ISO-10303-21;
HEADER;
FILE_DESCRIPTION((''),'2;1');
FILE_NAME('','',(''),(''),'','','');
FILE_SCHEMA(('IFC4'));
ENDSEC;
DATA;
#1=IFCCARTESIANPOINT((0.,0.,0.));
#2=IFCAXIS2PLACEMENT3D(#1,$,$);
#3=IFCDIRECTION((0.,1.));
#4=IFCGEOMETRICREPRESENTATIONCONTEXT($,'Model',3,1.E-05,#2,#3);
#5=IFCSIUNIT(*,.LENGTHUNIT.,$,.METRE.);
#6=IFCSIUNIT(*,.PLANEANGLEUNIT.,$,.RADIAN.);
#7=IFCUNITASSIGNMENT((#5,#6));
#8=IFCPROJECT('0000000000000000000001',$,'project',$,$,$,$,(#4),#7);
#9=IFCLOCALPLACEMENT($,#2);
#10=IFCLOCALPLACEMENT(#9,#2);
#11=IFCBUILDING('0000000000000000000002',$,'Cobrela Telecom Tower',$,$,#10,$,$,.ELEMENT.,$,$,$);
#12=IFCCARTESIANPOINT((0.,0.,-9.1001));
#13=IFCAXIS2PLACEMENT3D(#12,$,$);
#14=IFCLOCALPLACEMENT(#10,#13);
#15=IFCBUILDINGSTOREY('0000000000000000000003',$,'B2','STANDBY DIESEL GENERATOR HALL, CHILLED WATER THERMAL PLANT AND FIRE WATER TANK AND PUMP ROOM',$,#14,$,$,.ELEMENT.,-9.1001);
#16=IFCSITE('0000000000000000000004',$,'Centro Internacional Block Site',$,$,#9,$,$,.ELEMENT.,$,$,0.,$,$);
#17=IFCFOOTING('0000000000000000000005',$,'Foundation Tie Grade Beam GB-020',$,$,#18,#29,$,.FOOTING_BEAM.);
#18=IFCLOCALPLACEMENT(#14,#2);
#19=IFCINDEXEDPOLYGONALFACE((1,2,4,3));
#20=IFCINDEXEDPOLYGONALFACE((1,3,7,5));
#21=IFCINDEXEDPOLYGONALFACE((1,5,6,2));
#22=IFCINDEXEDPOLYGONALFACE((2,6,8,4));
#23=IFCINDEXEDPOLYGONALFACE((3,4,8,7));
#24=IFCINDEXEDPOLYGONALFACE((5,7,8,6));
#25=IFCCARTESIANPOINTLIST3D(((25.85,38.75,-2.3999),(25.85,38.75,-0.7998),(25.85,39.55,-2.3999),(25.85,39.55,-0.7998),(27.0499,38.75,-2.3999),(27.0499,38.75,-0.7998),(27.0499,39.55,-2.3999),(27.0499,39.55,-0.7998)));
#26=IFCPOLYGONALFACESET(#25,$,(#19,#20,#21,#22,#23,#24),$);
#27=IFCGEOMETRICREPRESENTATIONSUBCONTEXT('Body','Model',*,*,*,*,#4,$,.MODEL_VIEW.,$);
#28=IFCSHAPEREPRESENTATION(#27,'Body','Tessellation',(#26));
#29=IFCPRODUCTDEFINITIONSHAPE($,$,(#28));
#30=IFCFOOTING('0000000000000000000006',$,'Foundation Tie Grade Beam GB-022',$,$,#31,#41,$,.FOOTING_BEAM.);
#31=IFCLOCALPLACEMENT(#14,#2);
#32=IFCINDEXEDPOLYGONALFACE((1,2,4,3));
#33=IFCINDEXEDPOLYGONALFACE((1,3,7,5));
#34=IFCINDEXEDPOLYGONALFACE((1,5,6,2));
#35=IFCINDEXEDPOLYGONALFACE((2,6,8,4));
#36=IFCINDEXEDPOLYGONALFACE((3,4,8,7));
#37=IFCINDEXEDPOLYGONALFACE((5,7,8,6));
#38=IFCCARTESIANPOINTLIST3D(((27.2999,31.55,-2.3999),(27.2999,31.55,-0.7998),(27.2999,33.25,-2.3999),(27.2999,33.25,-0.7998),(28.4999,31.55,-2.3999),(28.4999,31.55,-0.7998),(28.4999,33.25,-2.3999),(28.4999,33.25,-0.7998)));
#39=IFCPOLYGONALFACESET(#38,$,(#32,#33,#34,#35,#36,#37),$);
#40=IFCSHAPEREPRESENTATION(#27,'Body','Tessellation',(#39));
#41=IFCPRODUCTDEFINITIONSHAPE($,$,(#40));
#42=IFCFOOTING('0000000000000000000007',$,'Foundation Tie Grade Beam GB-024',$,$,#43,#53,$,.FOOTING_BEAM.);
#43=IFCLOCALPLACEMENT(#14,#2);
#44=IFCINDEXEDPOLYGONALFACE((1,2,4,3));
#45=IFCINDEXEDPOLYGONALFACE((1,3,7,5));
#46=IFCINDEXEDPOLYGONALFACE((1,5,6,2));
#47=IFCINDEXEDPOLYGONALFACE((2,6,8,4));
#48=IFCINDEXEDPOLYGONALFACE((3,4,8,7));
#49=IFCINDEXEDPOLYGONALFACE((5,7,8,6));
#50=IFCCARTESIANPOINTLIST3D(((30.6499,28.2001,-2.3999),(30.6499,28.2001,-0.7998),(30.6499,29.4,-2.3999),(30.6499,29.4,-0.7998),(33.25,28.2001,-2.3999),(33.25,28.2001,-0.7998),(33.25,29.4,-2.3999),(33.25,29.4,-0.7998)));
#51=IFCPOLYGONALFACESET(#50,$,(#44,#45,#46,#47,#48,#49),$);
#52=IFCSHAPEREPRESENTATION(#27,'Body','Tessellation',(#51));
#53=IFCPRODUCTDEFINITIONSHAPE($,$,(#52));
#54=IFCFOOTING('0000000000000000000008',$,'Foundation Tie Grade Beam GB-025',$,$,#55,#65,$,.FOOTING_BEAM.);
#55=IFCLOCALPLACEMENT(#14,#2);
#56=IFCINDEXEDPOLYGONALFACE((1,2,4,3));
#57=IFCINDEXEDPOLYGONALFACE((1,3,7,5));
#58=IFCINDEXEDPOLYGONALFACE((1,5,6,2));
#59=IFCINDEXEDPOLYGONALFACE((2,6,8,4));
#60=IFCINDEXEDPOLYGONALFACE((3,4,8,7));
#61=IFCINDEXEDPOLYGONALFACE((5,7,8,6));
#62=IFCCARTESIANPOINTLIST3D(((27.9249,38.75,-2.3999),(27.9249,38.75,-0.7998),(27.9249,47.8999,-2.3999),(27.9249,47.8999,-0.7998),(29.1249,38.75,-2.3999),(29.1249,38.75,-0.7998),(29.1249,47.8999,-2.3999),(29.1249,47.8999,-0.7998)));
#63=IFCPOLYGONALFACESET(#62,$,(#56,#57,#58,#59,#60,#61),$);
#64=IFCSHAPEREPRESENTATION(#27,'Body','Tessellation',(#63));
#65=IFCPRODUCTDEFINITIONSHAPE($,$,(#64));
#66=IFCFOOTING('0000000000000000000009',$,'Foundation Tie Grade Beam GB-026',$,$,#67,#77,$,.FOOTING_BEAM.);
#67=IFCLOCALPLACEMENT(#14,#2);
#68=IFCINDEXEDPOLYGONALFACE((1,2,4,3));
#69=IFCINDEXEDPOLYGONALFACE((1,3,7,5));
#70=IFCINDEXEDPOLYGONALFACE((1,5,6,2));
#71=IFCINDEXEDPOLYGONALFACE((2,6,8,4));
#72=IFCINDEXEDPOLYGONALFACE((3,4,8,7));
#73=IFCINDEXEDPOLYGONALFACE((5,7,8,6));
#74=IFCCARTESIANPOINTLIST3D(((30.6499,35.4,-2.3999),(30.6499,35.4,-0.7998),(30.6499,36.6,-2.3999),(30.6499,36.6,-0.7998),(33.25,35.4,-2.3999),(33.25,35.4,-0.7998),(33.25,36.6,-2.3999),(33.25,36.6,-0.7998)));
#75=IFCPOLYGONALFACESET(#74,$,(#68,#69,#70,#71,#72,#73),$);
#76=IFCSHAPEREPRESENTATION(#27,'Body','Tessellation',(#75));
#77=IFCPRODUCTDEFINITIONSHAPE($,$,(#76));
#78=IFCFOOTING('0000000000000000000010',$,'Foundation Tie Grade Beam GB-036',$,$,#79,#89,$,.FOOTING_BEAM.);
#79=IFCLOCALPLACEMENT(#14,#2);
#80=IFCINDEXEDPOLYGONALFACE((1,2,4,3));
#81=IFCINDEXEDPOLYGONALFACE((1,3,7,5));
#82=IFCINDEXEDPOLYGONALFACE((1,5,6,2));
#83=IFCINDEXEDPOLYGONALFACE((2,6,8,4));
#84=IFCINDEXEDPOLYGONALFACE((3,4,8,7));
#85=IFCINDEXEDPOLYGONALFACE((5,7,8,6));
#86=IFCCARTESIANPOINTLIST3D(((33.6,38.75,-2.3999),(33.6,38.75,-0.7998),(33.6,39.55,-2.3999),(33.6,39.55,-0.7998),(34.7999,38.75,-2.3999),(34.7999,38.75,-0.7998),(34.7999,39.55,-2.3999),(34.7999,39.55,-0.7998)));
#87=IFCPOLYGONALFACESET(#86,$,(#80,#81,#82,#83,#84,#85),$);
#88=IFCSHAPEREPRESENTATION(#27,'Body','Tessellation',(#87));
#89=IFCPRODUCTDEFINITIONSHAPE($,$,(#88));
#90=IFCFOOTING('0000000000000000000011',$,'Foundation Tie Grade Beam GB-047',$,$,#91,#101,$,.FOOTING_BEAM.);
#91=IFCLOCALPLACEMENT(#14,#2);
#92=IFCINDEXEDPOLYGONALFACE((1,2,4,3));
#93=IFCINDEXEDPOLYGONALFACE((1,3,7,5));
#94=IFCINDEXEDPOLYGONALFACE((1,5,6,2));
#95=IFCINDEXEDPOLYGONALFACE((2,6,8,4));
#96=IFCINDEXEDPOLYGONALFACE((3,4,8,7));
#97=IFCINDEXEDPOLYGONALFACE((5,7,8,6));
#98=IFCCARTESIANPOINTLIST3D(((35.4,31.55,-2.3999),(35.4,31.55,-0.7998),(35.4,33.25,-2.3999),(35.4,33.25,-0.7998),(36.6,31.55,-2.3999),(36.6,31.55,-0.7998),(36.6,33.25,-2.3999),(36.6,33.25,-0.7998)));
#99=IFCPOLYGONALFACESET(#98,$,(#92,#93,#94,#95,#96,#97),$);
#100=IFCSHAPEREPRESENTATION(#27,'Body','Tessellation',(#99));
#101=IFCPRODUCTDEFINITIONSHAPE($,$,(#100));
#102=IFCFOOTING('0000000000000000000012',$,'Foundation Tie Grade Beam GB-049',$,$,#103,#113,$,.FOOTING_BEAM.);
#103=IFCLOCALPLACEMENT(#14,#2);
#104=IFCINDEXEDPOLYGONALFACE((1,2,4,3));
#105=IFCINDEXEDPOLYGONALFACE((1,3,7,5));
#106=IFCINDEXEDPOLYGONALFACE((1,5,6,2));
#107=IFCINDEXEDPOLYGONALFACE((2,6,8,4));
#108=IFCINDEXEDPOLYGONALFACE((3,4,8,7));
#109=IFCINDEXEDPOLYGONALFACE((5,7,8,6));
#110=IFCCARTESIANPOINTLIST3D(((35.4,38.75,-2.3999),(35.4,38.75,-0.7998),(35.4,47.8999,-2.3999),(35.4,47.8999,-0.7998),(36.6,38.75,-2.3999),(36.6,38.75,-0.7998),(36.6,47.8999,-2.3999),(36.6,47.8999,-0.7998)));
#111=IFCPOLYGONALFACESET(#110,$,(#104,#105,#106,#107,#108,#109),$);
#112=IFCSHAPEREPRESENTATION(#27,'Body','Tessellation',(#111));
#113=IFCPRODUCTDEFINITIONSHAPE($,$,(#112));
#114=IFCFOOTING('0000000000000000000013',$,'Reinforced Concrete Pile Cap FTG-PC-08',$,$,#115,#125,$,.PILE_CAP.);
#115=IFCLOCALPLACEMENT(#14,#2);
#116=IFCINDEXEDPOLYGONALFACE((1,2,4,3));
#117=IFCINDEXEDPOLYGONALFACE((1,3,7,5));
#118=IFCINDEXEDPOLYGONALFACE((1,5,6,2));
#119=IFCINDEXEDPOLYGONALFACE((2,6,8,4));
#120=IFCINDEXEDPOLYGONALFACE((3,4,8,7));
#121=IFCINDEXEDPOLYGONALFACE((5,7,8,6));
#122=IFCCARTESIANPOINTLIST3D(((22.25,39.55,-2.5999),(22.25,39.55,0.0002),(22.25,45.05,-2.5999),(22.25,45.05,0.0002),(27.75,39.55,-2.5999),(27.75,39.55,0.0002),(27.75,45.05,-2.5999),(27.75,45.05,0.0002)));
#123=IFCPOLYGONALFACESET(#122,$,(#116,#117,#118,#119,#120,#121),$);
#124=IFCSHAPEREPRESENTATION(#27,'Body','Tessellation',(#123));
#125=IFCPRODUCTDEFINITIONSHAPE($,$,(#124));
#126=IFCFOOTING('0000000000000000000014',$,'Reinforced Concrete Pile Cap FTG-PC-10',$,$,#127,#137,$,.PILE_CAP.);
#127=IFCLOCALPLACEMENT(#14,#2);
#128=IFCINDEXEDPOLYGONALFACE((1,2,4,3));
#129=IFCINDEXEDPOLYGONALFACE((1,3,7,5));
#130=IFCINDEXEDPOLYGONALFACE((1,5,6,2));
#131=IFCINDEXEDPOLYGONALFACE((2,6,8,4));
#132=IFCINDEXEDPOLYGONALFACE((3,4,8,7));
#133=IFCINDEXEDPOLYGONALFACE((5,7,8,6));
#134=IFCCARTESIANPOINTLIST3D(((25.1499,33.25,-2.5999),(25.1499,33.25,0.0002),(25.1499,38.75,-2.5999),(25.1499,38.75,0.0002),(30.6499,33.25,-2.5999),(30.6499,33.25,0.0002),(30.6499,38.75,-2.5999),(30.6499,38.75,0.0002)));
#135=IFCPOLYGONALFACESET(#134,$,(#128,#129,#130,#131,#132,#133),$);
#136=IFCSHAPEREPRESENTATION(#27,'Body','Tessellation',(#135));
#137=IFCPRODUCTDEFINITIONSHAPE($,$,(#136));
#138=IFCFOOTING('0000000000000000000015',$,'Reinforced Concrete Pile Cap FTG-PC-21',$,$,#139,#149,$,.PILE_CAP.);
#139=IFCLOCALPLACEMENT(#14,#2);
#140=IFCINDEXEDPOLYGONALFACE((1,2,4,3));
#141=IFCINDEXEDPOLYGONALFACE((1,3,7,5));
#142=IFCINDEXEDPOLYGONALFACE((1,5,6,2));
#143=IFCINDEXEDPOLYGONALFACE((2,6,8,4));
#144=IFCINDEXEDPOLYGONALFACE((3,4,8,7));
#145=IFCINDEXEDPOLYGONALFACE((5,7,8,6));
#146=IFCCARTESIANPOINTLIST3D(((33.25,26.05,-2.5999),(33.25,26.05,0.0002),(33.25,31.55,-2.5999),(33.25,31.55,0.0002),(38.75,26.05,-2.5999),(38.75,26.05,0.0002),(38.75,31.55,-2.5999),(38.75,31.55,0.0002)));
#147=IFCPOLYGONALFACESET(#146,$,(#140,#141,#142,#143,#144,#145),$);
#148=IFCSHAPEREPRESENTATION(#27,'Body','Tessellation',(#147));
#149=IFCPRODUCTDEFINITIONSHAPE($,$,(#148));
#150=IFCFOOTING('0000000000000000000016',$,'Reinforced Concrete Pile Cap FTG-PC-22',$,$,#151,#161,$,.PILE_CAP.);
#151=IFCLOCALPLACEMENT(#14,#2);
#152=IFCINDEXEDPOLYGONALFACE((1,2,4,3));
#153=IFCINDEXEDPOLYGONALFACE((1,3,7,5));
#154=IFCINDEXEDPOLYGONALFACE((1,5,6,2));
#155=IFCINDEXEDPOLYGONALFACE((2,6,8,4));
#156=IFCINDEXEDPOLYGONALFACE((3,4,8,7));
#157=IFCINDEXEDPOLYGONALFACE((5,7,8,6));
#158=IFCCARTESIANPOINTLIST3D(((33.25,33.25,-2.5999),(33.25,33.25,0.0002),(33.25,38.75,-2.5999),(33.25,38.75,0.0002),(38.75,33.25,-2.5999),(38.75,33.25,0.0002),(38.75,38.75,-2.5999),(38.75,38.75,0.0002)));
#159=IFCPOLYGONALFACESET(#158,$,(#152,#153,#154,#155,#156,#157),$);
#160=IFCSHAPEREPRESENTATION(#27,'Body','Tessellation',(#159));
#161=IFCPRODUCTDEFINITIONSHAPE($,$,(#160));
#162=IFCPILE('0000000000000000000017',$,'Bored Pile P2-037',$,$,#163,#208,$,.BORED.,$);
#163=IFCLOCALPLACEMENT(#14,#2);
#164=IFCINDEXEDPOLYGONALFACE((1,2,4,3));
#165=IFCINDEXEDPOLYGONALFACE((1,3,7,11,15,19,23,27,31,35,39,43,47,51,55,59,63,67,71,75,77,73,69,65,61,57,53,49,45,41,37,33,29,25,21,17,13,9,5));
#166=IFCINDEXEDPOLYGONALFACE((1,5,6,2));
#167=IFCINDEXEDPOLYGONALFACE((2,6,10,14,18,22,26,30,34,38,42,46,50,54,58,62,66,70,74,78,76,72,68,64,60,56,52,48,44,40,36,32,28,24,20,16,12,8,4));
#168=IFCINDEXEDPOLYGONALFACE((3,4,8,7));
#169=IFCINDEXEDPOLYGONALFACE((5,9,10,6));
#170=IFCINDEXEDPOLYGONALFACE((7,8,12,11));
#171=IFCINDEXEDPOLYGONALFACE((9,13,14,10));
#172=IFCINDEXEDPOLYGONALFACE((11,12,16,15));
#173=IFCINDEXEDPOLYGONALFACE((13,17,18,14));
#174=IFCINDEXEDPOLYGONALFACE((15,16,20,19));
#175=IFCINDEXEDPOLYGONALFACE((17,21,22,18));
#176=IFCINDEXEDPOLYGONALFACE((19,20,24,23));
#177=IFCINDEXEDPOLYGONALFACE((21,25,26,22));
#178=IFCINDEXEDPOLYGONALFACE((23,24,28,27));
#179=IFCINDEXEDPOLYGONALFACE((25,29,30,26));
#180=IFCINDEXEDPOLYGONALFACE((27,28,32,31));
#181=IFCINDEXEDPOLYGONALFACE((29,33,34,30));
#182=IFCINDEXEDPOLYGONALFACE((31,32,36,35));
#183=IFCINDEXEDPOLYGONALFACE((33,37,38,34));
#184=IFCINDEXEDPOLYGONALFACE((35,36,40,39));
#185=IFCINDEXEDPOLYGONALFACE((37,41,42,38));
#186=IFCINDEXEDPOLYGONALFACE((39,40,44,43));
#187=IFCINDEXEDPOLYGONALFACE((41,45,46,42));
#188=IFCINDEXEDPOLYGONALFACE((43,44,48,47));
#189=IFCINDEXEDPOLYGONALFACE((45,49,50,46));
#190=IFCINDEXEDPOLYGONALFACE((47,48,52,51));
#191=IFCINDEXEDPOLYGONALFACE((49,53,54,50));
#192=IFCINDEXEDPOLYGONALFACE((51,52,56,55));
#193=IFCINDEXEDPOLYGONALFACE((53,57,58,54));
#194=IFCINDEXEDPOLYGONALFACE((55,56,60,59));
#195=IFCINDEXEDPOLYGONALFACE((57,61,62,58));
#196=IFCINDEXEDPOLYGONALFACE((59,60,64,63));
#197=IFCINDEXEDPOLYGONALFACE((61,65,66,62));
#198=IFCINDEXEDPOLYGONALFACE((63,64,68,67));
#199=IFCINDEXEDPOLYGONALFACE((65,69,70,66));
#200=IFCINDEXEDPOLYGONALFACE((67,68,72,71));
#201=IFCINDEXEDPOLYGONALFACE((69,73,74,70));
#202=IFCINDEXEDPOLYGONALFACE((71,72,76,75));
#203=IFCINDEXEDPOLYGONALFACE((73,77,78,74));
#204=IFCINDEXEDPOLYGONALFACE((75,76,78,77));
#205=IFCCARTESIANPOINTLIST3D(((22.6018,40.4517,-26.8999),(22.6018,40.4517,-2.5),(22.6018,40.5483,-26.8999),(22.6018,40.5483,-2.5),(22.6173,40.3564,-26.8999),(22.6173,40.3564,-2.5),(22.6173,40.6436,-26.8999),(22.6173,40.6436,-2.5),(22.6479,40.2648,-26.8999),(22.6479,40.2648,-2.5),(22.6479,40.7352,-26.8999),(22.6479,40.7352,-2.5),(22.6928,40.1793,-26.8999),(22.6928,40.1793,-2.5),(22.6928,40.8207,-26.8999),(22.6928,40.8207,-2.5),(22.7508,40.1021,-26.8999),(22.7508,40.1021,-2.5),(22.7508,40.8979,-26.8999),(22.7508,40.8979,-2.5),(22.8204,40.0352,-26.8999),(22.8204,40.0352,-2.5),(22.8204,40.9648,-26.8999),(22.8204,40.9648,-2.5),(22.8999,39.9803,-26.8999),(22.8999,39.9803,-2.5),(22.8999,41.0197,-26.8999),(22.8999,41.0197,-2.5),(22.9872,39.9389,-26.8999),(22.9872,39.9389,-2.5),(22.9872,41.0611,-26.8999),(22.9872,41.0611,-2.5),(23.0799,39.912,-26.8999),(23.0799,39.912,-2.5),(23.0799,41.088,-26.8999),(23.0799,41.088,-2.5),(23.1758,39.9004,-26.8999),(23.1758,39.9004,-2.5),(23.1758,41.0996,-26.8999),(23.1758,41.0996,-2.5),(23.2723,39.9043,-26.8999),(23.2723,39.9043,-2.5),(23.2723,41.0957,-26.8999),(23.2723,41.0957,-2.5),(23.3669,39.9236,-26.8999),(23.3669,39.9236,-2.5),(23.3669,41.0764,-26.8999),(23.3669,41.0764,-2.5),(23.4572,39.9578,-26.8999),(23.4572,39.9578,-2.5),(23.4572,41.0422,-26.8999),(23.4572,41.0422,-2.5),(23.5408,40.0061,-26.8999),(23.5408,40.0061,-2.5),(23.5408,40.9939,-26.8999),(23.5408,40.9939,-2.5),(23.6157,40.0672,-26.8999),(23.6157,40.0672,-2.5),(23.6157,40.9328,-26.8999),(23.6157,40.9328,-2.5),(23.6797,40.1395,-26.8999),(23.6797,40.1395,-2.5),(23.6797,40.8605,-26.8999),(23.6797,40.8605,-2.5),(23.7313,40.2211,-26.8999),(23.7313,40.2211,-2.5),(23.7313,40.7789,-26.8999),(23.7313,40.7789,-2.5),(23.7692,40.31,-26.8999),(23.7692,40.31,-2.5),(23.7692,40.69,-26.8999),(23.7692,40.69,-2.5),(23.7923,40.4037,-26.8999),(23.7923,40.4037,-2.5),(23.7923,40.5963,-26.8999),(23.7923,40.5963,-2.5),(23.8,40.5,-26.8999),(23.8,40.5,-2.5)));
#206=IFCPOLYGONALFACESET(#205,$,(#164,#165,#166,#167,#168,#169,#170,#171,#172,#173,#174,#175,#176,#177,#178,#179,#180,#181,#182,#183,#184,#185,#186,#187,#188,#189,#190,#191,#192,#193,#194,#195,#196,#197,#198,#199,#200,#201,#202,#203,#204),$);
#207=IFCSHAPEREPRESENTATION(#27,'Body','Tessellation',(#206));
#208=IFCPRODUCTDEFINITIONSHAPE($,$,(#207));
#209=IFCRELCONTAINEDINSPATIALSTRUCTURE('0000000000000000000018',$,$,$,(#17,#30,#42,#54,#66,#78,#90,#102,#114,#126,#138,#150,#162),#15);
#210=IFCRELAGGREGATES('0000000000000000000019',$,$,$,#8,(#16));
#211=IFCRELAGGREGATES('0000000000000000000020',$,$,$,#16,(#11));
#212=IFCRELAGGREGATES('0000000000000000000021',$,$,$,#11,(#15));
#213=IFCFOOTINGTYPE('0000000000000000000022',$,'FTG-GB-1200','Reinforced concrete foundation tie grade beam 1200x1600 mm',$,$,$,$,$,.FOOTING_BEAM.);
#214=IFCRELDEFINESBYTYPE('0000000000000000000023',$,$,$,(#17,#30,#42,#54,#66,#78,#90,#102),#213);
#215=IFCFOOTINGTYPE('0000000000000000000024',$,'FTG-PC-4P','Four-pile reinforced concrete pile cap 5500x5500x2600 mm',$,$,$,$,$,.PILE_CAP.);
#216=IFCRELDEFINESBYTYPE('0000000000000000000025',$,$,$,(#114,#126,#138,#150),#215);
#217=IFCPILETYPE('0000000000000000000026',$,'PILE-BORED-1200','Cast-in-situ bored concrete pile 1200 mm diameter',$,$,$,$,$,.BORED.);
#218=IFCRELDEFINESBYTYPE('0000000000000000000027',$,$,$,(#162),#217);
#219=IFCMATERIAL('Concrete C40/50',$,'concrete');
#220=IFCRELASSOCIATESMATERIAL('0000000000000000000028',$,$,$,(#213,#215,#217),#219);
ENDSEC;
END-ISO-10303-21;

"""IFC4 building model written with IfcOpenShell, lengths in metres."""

from ifc_helpers import new_model, si_unit, direction, frame, origin, origin_2d, place, context, subcontext, project, spatial, rectangle, circle, extrude, material, material_profile, profile_set, type_object, element, save


model = new_model("IFC4")

# Units and contexts
model_context = context("Model", 3, precision=1e-05, world=origin(), true_north=direction((0.0, 1.0)))
body_context = subcontext(model_context, "Body", "Model", "MODEL_VIEW")
ifc_project = project(units=[si_unit("LENGTHUNIT", "METRE"), si_unit("PLANEANGLEUNIT", "RADIAN")], contexts=[model_context])

# Site, building, storey
site_placement = place(None, origin())
site = spatial("IfcSite", under=ifc_project, at=site_placement, Name="Centro Internacional Block Site", CompositionType="ELEMENT", RefElevation=0.0)
building_placement = place(site_placement, origin())
building = spatial("IfcBuilding", under=site, at=building_placement, Name="Cobrela Telecom Tower", CompositionType="ELEMENT")
storey_placement = place(building_placement, frame((0.0, 0.0, -9.1001)))
storey = spatial("IfcBuildingStorey", under=building, at=storey_placement, Name="B2", Description="STANDBY DIESEL GENERATOR HALL, CHILLED WATER THERMAL PLANT AND FIRE WATER TANK AND PUMP ROOM", CompositionType="ELEMENT", Elevation=-9.1001)

# Footings
ifc_material_1 = material(Name="Concrete C40/50", Category="concrete")
ifc_material_profile_1 = material_profile(ifc_material_1, rectangle(XDim=1.2, YDim=1.6001, at=origin_2d()), Name="GB 1200x1600")
ifc_profile_set_1 = profile_set([ifc_material_profile_1], Name="Concrete C40/50")
footing_type_1 = type_object("IfcFootingType", Name="FTG-GB-1200", Description="Reinforced concrete foundation tie grade beam 1200x1600 mm", PredefinedType="FOOTING_BEAM", material=ifc_profile_set_1)
footing_1_placement = place(storey_placement, frame((26.45, 38.75, -1.5999), z_axis=(0.0, 1.0, 0.0), x_axis=(-1.0, 0.0, 0.0)))
element("IfcFooting", 1, at=footing_1_placement, inside=storey, type_object=footing_type_1, Name="Foundation Tie Grade Beam GB-020", PredefinedType="FOOTING_BEAM", context=body_context, shape_type="SweptSolid", body=[
    extrude(rectangle(XDim=1.2, YDim=1.6001, at=origin_2d()), origin(), (0.0, 0.0, 1.0), 0.8),
])
footing_2_placement = place(storey_placement, frame((27.8999, 31.55, -1.5999), z_axis=(0.0, 1.0, 0.0), x_axis=(-1.0, 0.0, 0.0)))
element("IfcFooting", 2, at=footing_2_placement, inside=storey, type_object=footing_type_1, Name="Foundation Tie Grade Beam GB-022", PredefinedType="FOOTING_BEAM", context=body_context, shape_type="SweptSolid", body=[
    extrude(rectangle(XDim=1.2, YDim=1.6001, at=origin_2d()), origin(), (0.0, 0.0, 1.0), 1.7),
])
footing_3_placement = place(storey_placement, frame((30.6499, 28.8, -1.5999), z_axis=(1.0, 0.0, 0.0), x_axis=(0.0, 1.0, 0.0)))
element("IfcFooting", 3, at=footing_3_placement, inside=storey, type_object=footing_type_1, Name="Foundation Tie Grade Beam GB-024", PredefinedType="FOOTING_BEAM", context=body_context, shape_type="SweptSolid", body=[
    extrude(rectangle(XDim=1.2, YDim=1.6001, at=origin_2d()), origin(), (0.0, 0.0, 1.0), 2.6001),
])
footing_4_placement = place(storey_placement, frame((28.5249, 38.75, -1.5999), z_axis=(0.0, 1.0, 0.0), x_axis=(-1.0, 0.0, 0.0)))
element("IfcFooting", 4, at=footing_4_placement, inside=storey, type_object=footing_type_1, Name="Foundation Tie Grade Beam GB-025", PredefinedType="FOOTING_BEAM", context=body_context, shape_type="SweptSolid", body=[
    extrude(rectangle(XDim=1.2, YDim=1.6001, at=origin_2d()), origin(), (0.0, 0.0, 1.0), 9.1499),
])
footing_5_placement = place(storey_placement, frame((30.6499, 36.0, -1.5999), z_axis=(1.0, 0.0, 0.0), x_axis=(0.0, 1.0, 0.0)))
element("IfcFooting", 5, at=footing_5_placement, inside=storey, type_object=footing_type_1, Name="Foundation Tie Grade Beam GB-026", PredefinedType="FOOTING_BEAM", context=body_context, shape_type="SweptSolid", body=[
    extrude(rectangle(XDim=1.2, YDim=1.6001, at=origin_2d()), origin(), (0.0, 0.0, 1.0), 2.6001),
])
footing_6_placement = place(storey_placement, frame((34.2, 38.75, -1.5999), z_axis=(0.0, 1.0, 0.0), x_axis=(-1.0, 0.0, 0.0)))
element("IfcFooting", 6, at=footing_6_placement, inside=storey, type_object=footing_type_1, Name="Foundation Tie Grade Beam GB-036", PredefinedType="FOOTING_BEAM", context=body_context, shape_type="SweptSolid", body=[
    extrude(rectangle(XDim=1.2, YDim=1.6001, at=origin_2d()), origin(), (0.0, 0.0, 1.0), 0.8),
])
footing_7_placement = place(storey_placement, frame((36.0, 31.55, -1.5999), z_axis=(0.0, 1.0, 0.0), x_axis=(-1.0, 0.0, 0.0)))
element("IfcFooting", 7, at=footing_7_placement, inside=storey, type_object=footing_type_1, Name="Foundation Tie Grade Beam GB-047", PredefinedType="FOOTING_BEAM", context=body_context, shape_type="SweptSolid", body=[
    extrude(rectangle(XDim=1.2, YDim=1.6001, at=origin_2d()), origin(), (0.0, 0.0, 1.0), 1.7),
])
footing_8_placement = place(storey_placement, frame((36.0, 38.75, -1.5999), z_axis=(0.0, 1.0, 0.0), x_axis=(-1.0, 0.0, 0.0)))
element("IfcFooting", 8, at=footing_8_placement, inside=storey, type_object=footing_type_1, Name="Foundation Tie Grade Beam GB-049", PredefinedType="FOOTING_BEAM", context=body_context, shape_type="SweptSolid", body=[
    extrude(rectangle(XDim=1.2, YDim=1.6001, at=origin_2d()), origin(), (0.0, 0.0, 1.0), 9.1499),
])
footing_type_2 = type_object("IfcFootingType", Name="FTG-PC-4P", Description="Four-pile reinforced concrete pile cap 5500x5500x2600 mm", PredefinedType="PILE_CAP", material=ifc_material_1)
for number, where, z_axis, x_axis, name in (
    (9, (25.0, 42.3, -2.5999), (0.0, 0.0, 1.0), (1.0, 0.0, 0.0), "Reinforced Concrete Pile Cap FTG-PC-08"),
    (10, (27.8999, 36.0, -2.5999), (0.0, 0.0, 1.0), (1.0, 0.0, 0.0), "Reinforced Concrete Pile Cap FTG-PC-10"),
    (11, (36.0, 28.8, -2.5999), (0.0, 0.0, 1.0), (1.0, 0.0, 0.0), "Reinforced Concrete Pile Cap FTG-PC-21"),
    (12, (36.0, 36.0, -2.5999), (0.0, 0.0, 1.0), (1.0, 0.0, 0.0), "Reinforced Concrete Pile Cap FTG-PC-22"),
):
    element("IfcFooting", number, at=place(storey_placement, frame(where, z_axis=z_axis, x_axis=x_axis)), inside=storey, type_object=footing_type_2, Name=name, PredefinedType="PILE_CAP", context=body_context, shape_type="SweptSolid", body=[
        extrude(rectangle(XDim=5.5, YDim=5.5, at=origin_2d()), origin(), (0.0, 0.0, 1.0), 2.6001),
    ])

# Pile
ifc_material_profile_2 = material_profile(ifc_material_1, circle(Radius=0.6001, at=origin_2d()), Name="BORED PILE D1200")
ifc_profile_set_2 = profile_set([ifc_material_profile_2], Name="Concrete C40/50")
pile_type = type_object("IfcPileType", Name="PILE-BORED-1200", Description="Cast-in-situ bored concrete pile 1200 mm diameter", PredefinedType="BORED", material=ifc_profile_set_2)
for number, where, z_axis, x_axis, name in (
    (13, (23.2, 40.5, -2.5), (0.0, 0.0, -1.0), (1.0, 0.0, 0.0), "Bored Pile P2-037"),
):
    element("IfcPile", number, at=place(storey_placement, frame(where, z_axis=z_axis, x_axis=x_axis)), inside=storey, type_object=pile_type, Name=name, PredefinedType="BORED", context=body_context, shape_type="SweptSolid", body=[
        extrude(circle(Radius=0.6001, at=origin_2d()), origin(), (0.0, 0.0, 1.0), 24.3999),
    ])

save(model, "model.ifc")
